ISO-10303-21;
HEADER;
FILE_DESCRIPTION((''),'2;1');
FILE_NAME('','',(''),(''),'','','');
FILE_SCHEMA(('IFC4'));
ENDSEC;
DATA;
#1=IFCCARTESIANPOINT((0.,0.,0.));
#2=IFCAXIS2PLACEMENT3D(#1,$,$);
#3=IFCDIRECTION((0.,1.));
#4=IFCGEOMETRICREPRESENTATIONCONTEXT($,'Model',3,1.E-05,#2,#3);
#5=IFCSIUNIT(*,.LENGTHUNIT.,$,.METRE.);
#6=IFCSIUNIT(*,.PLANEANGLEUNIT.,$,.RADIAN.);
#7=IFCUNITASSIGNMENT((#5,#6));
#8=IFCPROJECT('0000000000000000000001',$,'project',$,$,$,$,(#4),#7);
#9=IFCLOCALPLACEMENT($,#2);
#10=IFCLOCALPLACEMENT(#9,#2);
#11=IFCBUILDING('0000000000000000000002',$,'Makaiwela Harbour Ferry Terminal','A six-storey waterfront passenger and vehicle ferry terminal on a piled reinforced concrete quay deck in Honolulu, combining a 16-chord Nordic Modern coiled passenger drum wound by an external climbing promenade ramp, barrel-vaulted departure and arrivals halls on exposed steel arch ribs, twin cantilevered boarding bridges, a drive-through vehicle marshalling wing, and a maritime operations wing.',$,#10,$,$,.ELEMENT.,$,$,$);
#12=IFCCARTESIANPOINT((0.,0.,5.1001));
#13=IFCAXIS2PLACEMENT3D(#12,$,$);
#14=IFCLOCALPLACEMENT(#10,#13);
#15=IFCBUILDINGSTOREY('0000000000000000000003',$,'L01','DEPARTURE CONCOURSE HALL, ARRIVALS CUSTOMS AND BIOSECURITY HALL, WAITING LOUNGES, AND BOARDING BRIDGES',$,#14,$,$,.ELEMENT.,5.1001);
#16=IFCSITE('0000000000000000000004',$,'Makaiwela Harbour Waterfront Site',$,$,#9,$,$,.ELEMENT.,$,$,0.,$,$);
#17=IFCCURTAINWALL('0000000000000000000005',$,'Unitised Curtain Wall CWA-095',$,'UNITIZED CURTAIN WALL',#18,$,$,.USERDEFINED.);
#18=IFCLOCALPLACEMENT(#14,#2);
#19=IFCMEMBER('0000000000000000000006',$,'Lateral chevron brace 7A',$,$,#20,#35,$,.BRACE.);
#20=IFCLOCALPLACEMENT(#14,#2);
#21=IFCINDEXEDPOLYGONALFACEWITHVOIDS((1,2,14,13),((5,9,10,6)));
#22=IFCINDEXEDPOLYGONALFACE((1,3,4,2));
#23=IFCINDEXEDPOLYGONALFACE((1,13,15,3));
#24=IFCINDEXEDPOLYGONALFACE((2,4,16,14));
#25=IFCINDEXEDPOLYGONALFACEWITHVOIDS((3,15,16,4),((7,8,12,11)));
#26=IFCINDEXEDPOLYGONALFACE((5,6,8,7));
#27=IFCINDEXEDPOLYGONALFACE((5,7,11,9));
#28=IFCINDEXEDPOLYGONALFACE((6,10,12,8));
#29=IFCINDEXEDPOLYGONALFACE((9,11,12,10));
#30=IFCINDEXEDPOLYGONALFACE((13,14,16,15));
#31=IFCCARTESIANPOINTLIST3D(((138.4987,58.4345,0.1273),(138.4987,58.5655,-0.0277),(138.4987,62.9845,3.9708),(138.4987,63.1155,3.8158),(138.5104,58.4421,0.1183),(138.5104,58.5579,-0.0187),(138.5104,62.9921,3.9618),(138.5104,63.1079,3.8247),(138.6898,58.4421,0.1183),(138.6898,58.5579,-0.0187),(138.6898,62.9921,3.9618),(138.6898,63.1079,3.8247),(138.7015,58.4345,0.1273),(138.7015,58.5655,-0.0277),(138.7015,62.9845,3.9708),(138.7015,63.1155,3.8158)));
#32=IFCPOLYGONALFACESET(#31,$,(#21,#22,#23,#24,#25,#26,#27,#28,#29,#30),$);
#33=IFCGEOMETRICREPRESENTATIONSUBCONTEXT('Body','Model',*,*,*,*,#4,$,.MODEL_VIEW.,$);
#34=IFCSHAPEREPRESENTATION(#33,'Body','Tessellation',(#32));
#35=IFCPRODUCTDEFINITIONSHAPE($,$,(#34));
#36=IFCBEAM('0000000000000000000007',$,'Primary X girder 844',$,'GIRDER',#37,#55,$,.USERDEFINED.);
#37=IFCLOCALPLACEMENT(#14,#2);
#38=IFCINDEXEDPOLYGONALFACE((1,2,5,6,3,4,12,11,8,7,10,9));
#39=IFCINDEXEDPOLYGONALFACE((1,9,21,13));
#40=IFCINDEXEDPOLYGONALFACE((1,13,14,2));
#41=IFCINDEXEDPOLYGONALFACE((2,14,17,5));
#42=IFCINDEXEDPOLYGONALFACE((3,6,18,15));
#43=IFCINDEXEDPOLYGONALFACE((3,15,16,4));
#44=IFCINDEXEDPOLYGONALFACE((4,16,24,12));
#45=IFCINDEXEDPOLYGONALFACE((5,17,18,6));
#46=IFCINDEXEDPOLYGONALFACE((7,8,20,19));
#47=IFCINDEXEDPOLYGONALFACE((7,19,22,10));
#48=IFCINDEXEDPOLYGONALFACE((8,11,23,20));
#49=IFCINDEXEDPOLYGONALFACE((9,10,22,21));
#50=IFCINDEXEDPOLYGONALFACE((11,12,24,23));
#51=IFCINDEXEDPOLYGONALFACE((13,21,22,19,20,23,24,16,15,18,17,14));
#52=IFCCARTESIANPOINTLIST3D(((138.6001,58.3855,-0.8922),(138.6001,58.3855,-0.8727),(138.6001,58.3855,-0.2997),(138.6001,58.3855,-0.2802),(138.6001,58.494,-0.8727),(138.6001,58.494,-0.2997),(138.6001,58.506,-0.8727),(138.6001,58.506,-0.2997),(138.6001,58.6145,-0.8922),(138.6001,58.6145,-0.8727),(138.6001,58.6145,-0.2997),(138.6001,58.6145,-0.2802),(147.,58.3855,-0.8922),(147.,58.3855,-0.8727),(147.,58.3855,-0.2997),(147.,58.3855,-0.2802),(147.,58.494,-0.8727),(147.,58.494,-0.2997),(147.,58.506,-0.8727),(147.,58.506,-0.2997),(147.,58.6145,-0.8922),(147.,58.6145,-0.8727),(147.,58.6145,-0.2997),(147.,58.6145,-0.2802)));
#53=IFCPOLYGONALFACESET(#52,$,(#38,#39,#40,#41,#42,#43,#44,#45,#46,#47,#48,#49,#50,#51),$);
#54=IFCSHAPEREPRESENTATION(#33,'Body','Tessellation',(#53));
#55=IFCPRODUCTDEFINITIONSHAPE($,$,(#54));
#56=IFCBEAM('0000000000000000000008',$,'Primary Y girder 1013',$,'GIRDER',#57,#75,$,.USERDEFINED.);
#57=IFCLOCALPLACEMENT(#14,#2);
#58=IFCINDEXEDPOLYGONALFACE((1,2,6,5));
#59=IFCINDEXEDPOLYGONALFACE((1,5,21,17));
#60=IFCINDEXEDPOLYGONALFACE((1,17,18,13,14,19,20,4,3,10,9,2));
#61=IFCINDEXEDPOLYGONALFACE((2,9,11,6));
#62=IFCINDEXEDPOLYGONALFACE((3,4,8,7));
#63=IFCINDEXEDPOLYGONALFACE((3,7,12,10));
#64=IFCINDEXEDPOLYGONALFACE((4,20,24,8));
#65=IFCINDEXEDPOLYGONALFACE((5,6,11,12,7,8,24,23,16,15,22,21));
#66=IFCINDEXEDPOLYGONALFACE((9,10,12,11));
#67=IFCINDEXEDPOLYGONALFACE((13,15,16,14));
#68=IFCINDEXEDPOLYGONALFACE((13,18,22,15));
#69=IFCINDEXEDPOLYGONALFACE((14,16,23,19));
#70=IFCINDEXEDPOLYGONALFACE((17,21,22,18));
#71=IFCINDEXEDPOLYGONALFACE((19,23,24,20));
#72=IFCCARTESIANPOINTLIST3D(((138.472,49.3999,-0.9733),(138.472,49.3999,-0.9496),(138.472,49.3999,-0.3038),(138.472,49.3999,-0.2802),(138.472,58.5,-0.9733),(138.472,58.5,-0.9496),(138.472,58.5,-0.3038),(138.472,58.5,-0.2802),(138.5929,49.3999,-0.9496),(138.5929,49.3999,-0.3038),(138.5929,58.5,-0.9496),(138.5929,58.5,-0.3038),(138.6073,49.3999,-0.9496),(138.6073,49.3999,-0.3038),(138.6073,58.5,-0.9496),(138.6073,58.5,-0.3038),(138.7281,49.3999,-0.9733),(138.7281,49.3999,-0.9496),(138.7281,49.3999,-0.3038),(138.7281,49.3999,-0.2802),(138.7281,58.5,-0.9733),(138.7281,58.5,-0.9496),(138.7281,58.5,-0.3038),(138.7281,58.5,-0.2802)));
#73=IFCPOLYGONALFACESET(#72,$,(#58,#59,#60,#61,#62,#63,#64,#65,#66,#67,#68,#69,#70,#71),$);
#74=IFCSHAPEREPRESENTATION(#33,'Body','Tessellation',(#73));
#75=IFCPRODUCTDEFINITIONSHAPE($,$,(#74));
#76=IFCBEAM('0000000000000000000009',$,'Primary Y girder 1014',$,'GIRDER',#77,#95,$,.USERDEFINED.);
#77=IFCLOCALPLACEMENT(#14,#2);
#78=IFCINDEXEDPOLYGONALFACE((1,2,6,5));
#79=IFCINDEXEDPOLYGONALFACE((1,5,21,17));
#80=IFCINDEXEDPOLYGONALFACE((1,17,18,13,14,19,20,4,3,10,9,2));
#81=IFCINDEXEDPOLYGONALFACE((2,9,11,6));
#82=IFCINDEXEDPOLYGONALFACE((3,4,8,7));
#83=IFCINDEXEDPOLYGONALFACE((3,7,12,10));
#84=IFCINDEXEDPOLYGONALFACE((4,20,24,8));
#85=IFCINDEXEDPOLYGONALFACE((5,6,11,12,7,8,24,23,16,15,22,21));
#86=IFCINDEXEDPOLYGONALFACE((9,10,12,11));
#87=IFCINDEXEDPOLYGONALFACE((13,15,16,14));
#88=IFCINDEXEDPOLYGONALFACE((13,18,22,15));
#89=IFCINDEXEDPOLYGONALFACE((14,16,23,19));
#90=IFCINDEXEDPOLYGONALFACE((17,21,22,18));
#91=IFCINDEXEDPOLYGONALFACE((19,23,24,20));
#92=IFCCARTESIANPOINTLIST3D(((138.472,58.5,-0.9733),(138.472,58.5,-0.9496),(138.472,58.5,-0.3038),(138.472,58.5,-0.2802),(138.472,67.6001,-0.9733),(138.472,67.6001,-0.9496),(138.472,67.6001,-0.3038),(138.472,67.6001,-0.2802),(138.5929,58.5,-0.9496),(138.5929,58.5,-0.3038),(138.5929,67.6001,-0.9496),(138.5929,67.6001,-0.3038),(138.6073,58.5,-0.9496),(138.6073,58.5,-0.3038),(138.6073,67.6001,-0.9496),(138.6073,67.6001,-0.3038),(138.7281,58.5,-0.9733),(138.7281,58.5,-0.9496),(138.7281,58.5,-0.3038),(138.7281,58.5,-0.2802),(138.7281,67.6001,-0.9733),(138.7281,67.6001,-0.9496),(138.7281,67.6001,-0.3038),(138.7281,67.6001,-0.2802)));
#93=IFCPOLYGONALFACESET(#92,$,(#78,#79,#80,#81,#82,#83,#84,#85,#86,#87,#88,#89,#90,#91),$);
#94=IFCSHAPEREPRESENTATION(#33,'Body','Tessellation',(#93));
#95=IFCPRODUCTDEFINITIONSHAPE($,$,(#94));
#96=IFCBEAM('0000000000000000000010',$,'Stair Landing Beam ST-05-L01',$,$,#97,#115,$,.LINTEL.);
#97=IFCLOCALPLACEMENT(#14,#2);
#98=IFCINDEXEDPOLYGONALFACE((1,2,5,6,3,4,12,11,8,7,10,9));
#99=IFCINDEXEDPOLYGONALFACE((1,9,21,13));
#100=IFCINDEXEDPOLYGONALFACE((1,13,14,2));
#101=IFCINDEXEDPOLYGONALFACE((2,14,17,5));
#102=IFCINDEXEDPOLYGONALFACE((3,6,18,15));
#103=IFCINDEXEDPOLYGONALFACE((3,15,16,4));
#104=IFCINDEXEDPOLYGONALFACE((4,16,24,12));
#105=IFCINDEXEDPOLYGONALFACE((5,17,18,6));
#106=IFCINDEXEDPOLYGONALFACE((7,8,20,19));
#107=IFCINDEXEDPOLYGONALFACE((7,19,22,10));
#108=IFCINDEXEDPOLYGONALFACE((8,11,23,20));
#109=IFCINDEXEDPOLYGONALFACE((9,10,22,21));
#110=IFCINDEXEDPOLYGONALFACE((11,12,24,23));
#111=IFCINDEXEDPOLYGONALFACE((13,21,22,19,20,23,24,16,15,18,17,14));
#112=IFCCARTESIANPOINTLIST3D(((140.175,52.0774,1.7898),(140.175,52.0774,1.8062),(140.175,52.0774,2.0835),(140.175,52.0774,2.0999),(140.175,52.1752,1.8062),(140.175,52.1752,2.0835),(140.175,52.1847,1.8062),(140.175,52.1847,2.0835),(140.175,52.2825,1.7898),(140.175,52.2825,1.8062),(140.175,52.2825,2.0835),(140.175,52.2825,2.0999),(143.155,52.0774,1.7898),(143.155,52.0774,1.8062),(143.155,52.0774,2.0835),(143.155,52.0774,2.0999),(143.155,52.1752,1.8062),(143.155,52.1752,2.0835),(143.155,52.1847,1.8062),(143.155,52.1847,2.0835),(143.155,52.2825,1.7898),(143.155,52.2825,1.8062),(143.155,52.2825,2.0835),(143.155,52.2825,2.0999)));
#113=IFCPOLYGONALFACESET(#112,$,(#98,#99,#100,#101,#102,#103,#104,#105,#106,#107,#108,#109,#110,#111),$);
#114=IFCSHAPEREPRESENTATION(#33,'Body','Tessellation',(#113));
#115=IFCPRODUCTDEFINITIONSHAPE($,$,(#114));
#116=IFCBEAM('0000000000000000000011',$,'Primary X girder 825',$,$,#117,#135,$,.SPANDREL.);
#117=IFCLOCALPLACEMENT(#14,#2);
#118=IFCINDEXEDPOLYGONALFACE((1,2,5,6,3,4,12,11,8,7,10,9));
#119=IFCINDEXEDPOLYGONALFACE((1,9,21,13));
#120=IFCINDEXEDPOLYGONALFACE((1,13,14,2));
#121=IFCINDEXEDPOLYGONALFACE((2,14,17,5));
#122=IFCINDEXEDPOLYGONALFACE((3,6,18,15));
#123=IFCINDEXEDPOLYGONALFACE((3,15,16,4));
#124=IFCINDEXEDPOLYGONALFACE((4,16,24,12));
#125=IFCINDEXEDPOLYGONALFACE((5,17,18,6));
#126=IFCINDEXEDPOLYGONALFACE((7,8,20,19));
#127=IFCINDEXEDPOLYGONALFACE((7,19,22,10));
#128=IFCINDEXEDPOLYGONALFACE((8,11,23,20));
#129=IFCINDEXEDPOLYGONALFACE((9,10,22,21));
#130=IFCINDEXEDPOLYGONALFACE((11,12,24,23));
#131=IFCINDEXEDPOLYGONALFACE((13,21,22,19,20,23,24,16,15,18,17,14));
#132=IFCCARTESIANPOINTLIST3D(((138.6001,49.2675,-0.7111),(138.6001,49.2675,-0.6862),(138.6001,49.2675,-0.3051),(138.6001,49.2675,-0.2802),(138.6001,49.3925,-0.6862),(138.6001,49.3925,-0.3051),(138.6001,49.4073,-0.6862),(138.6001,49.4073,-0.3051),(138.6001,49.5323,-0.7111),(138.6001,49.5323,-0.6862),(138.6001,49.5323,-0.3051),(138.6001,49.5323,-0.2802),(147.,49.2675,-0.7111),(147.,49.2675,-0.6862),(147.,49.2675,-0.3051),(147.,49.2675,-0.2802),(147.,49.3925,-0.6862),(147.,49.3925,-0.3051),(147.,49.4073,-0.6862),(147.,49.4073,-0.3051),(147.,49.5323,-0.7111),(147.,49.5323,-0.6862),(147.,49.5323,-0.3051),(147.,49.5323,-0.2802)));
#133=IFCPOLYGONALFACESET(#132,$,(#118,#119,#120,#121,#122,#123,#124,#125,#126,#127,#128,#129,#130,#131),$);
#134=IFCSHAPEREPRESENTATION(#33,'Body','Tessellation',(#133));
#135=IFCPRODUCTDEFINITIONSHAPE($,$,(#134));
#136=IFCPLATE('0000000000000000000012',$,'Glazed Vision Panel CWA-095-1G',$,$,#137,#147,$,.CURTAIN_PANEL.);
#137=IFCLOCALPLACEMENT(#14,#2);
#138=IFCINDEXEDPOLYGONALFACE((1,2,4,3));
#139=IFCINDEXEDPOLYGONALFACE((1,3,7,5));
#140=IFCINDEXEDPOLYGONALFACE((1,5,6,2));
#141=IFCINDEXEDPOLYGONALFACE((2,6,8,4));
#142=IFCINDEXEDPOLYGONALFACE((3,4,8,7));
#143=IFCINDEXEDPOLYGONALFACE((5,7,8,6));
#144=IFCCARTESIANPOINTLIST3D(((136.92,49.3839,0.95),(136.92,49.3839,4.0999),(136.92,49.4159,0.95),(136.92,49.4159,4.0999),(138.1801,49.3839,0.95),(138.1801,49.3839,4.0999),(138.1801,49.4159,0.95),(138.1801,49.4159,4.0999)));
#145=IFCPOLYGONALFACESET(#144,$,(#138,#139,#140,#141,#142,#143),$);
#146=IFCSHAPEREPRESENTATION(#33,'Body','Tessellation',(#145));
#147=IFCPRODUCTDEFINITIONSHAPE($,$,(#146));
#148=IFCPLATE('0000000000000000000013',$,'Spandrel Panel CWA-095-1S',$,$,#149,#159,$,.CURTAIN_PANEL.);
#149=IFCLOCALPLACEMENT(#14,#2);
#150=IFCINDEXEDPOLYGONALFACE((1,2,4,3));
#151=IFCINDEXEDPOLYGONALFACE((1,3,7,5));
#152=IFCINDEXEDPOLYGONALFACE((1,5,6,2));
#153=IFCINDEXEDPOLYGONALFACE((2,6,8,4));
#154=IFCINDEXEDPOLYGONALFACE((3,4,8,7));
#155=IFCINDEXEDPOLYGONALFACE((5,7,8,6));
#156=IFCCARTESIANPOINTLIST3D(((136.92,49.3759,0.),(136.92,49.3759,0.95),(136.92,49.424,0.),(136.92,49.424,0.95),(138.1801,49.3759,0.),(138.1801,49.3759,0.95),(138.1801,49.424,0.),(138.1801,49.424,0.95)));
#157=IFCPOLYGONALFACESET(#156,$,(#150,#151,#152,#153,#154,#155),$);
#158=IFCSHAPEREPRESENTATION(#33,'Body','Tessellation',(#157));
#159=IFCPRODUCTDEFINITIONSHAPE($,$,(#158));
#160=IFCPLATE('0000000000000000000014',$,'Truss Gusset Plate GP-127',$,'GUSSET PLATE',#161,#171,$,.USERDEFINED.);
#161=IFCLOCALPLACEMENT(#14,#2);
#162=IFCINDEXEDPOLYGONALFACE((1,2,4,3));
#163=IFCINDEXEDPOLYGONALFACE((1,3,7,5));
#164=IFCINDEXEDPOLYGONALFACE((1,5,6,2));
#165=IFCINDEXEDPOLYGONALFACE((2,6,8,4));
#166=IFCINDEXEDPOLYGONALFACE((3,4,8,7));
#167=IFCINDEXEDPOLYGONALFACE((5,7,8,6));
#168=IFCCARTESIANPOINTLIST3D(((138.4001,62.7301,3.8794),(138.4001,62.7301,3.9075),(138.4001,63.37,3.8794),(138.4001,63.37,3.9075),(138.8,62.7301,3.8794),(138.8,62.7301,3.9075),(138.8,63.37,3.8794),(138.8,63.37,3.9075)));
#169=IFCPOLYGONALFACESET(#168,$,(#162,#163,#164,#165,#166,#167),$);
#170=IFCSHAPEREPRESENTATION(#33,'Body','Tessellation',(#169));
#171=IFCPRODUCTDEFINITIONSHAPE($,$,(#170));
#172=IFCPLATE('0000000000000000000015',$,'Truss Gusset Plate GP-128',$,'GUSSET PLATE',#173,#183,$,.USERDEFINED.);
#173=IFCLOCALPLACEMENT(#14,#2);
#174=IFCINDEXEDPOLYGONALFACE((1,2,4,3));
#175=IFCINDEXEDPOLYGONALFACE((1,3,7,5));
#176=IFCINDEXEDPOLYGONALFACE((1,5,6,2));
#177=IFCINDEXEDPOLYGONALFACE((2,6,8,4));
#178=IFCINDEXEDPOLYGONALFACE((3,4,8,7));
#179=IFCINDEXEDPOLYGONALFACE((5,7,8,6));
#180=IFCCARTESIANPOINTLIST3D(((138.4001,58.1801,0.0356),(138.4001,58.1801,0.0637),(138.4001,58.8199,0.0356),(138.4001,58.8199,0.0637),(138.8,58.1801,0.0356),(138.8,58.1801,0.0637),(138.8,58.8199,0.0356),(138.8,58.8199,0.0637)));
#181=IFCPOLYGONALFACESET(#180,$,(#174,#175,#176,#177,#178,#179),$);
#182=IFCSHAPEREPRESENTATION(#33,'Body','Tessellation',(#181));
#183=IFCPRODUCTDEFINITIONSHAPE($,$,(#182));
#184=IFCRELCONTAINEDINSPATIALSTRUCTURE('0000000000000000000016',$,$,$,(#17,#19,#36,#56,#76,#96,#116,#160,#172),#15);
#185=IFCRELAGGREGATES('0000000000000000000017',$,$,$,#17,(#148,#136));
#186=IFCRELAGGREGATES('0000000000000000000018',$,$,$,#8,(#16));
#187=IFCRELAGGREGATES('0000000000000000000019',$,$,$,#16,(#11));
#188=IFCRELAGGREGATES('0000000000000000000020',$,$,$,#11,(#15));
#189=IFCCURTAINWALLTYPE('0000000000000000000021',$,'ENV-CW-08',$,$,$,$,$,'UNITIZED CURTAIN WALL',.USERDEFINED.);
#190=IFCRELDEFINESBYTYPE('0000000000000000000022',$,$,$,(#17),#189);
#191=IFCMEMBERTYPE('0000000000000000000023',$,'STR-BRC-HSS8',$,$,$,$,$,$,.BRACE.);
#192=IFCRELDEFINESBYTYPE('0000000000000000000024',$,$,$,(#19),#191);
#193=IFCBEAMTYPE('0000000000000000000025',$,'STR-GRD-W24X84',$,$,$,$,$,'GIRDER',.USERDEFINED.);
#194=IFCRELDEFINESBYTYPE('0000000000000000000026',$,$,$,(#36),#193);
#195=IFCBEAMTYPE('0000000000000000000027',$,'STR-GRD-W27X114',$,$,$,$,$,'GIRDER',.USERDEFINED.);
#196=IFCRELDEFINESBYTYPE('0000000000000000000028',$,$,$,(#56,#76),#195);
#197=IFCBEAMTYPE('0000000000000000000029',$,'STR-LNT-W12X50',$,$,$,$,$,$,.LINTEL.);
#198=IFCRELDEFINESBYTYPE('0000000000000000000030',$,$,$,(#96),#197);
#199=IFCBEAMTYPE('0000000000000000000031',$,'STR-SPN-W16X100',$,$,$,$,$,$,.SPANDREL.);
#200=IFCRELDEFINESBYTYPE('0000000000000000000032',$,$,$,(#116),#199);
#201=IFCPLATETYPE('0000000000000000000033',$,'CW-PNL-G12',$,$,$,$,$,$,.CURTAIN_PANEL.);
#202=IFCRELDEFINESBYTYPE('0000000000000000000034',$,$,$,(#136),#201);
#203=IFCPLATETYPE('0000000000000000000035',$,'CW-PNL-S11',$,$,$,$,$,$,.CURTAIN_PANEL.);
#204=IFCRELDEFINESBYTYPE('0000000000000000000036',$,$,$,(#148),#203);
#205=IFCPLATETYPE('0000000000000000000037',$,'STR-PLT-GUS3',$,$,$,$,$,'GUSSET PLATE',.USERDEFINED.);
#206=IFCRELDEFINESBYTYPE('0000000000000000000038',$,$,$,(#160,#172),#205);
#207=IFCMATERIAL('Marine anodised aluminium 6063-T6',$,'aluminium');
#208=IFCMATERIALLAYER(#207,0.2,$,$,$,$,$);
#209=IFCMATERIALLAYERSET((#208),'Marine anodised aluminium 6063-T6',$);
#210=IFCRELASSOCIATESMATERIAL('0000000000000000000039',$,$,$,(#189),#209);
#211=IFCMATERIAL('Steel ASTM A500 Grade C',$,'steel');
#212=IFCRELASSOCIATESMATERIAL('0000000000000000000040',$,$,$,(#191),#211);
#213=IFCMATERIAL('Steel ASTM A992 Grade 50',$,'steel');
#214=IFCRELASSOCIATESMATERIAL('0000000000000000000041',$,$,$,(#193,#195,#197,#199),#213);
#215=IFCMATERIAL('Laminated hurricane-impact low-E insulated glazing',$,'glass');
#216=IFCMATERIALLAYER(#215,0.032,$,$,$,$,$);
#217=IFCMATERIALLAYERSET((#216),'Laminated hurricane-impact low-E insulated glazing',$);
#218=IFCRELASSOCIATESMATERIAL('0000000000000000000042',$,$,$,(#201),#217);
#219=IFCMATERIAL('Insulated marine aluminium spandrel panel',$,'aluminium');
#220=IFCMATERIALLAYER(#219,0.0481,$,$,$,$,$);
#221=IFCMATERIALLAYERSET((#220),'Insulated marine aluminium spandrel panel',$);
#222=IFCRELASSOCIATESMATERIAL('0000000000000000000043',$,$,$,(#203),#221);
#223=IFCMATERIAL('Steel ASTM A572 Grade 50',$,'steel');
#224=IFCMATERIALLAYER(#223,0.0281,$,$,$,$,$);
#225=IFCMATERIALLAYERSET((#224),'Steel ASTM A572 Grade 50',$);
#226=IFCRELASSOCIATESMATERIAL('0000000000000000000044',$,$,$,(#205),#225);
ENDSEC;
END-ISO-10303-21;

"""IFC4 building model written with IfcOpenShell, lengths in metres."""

from ifc_helpers import new_model, si_unit, direction, frame, origin, origin_2d, place, context, subcontext, project, spatial, rectangle, hollow_rectangle, i_section, extrude, material, layer, layer_set, material_profile, profile_set, type_object, element, aggregate, save


model = new_model("IFC4")

# Units and contexts
model_context = context("Model", 3, precision=1e-05, world=origin(), true_north=direction((0.0, 1.0)))
body_context = subcontext(model_context, "Body", "Model", "MODEL_VIEW")
ifc_project = project(units=[si_unit("LENGTHUNIT", "METRE"), si_unit("PLANEANGLEUNIT", "RADIAN")], contexts=[model_context])

# Site, building, storey
site_placement = place(None, origin())
site = spatial("IfcSite", under=ifc_project, at=site_placement, Name="Makaiwela Harbour Waterfront Site", CompositionType="ELEMENT", RefElevation=0.0)
building_placement = place(site_placement, origin())
building = spatial("IfcBuilding", under=site, at=building_placement, Name="Makaiwela Harbour Ferry Terminal", Description="A six-storey waterfront passenger and vehicle ferry terminal on a piled reinforced concrete quay deck in Honolulu, combining a 16-chord Nordic Modern coiled passenger drum wound by an external climbing promenade ramp, barrel-vaulted departure and arrivals halls on exposed steel arch ribs, twin cantilevered boarding bridges, a drive-through vehicle marshalling wing, and a maritime operations wing.", CompositionType="ELEMENT")
storey_placement = place(building_placement, frame((0.0, 0.0, 5.1001)))
storey = spatial("IfcBuildingStorey", under=building, at=storey_placement, Name="L01", Description="DEPARTURE CONCOURSE HALL, ARRIVALS CUSTOMS AND BIOSECURITY HALL, WAITING LOUNGES, AND BOARDING BRIDGES", CompositionType="ELEMENT", Elevation=5.1001)

# Shared definitions
ifc_material_1 = material(Name="Steel ASTM A992 Grade 50", Category="steel")

# Curtain wall
ifc_material_2 = material(Name="Marine anodised aluminium 6063-T6", Category="aluminium")
ifc_layer_1 = layer(ifc_material_2, 0.2)
ifc_layer_set_1 = layer_set([ifc_layer_1], Name="Marine anodised aluminium 6063-T6")
curtain_wall_type = type_object("IfcCurtainWallType", Name="ENV-CW-08", ElementType="UNITIZED CURTAIN WALL", PredefinedType="USERDEFINED", material=ifc_layer_set_1)
curtain_wall_placement = place(storey_placement, origin())
curtain_wall = element("IfcCurtainWall", 1, at=curtain_wall_placement, inside=storey, type_object=curtain_wall_type, Name="Unitised Curtain Wall CWA-095", ObjectType="UNITIZED CURTAIN WALL", PredefinedType="USERDEFINED")

# Member
ifc_material_3 = material(Name="Steel ASTM A500 Grade C", Category="steel")
ifc_material_profile_1 = material_profile(ifc_material_3, hollow_rectangle(XDim=0.2029, YDim=0.2029, WallThickness=0.0117, at=origin_2d()), Name="HSS8X8X1/2")
ifc_profile_set_1 = profile_set([ifc_material_profile_1], Name="Steel ASTM A500 Grade C")
member_type_1 = type_object("IfcMemberType", Name="STR-BRC-HSS8", PredefinedType="BRACE", material=ifc_profile_set_1)
member_1_placement = place(storey_placement, frame((138.6001, 58.5, 0.0498), z_axis=(0.0, 0.763927, 0.645303), x_axis=(-1.0, 0.0, 0.0)))
element("IfcMember", 2, at=member_1_placement, inside=storey, type_object=member_type_1, Name="Lateral chevron brace 7A", PredefinedType="BRACE", context=body_context, shape_type="SweptSolid", body=[
    extrude(hollow_rectangle(XDim=0.2029, YDim=0.2029, WallThickness=0.0117, at=origin_2d()), origin(), (0.0, 0.0, 1.0), 5.9561),
])

# Beams
ifc_material_profile_2 = material_profile(ifc_material_1, i_section(OverallWidth=0.229, OverallDepth=0.6121, WebThickness=0.012, FlangeThickness=0.0195, at=origin_2d()), Name="W24X84")
ifc_profile_set_2 = profile_set([ifc_material_profile_2], Name="Steel ASTM A992 Grade 50")
beam_type_1 = type_object("IfcBeamType", Name="STR-GRD-W24X84", ElementType="GIRDER", PredefinedType="USERDEFINED", material=ifc_profile_set_2)
beam_1_placement = place(storey_placement, frame((138.6001, 58.5, -0.5862), z_axis=(1.0, 0.0, 0.0), x_axis=(0.0, 1.0, 0.0)))
element("IfcBeam", 3, at=beam_1_placement, inside=storey, type_object=beam_type_1, Name="Primary X girder 844", ObjectType="GIRDER", PredefinedType="USERDEFINED", context=body_context, shape_type="SweptSolid", body=[
    extrude(i_section(OverallWidth=0.229, OverallDepth=0.6121, WebThickness=0.012, FlangeThickness=0.0195, at=origin_2d()), origin(), (0.0, 0.0, 1.0), 8.3999),
])
ifc_material_profile_3 = material_profile(ifc_material_1, i_section(OverallWidth=0.2561, OverallDepth=0.6931, WebThickness=0.0144, FlangeThickness=0.0237, at=origin_2d()), Name="W27X114")
ifc_profile_set_3 = profile_set([ifc_material_profile_3], Name="Steel ASTM A992 Grade 50")
beam_type_2 = type_object("IfcBeamType", Name="STR-GRD-W27X114", ElementType="GIRDER", PredefinedType="USERDEFINED", material=ifc_profile_set_3)
for number, where, z_axis, x_axis, name in (
    (4, (138.6001, 49.3999, -0.6267), (0.0, 1.0, 0.0), (-1.0, 0.0, 0.0), "Primary Y girder 1013"),
    (5, (138.6001, 58.5, -0.6267), (0.0, 1.0, 0.0), (-1.0, 0.0, 0.0), "Primary Y girder 1014"),
):
    element("IfcBeam", number, at=place(storey_placement, frame(where, z_axis=z_axis, x_axis=x_axis)), inside=storey, type_object=beam_type_2, Name=name, ObjectType="GIRDER", PredefinedType="USERDEFINED", context=body_context, shape_type="SweptSolid", body=[
        extrude(i_section(OverallWidth=0.2561, OverallDepth=0.6931, WebThickness=0.0144, FlangeThickness=0.0237, at=origin_2d()), origin(), (0.0, 0.0, 1.0), 9.1001),
    ])
ifc_material_profile_4 = material_profile(ifc_material_1, i_section(OverallWidth=0.2051, OverallDepth=0.3101, WebThickness=0.0095, FlangeThickness=0.0164, at=origin_2d()), Name="W12X50")
ifc_profile_set_4 = profile_set([ifc_material_profile_4], Name="Steel ASTM A992 Grade 50")
beam_type_3 = type_object("IfcBeamType", Name="STR-LNT-W12X50", PredefinedType="LINTEL", material=ifc_profile_set_4)
beam_2_placement = place(storey_placement, frame((140.175, 52.1799, 1.9448), z_axis=(1.0, 0.0, 0.0), x_axis=(0.0, 1.0, 0.0)))
element("IfcBeam", 6, at=beam_2_placement, inside=storey, type_object=beam_type_3, Name="Stair Landing Beam ST-05-L01", PredefinedType="LINTEL", context=body_context, shape_type="SweptSolid", body=[
    extrude(i_section(OverallWidth=0.2051, OverallDepth=0.3101, WebThickness=0.0095, FlangeThickness=0.0164, at=origin_2d()), origin(), (0.0, 0.0, 1.0), 2.98),
])
ifc_material_profile_5 = material_profile(ifc_material_1, i_section(OverallWidth=0.2649, OverallDepth=0.4309, WebThickness=0.0149, FlangeThickness=0.0249, at=origin_2d()), Name="W16X100")
ifc_profile_set_5 = profile_set([ifc_material_profile_5], Name="Steel ASTM A992 Grade 50")
beam_type_4 = type_object("IfcBeamType", Name="STR-SPN-W16X100", PredefinedType="SPANDREL", material=ifc_profile_set_5)
beam_3_placement = place(storey_placement, frame((138.6001, 49.3999, -0.4956), z_axis=(1.0, 0.0, 0.0), x_axis=(0.0, 1.0, 0.0)))
element("IfcBeam", 7, at=beam_3_placement, inside=storey, type_object=beam_type_4, Name="Primary X girder 825", PredefinedType="SPANDREL", context=body_context, shape_type="SweptSolid", body=[
    extrude(i_section(OverallWidth=0.2649, OverallDepth=0.4309, WebThickness=0.0149, FlangeThickness=0.0249, at=origin_2d()), origin(), (0.0, 0.0, 1.0), 8.3999),
])

# Plates
ifc_material_4 = material(Name="Laminated hurricane-impact low-E insulated glazing", Category="glass")
ifc_layer_2 = layer(ifc_material_4, 0.032)
ifc_layer_set_2 = layer_set([ifc_layer_2], Name="Laminated hurricane-impact low-E insulated glazing")
plate_type_1 = type_object("IfcPlateType", Name="CW-PNL-G12", PredefinedType="CURTAIN_PANEL", material=ifc_layer_set_2)
plate_1_placement = place(storey_placement, frame((137.55, 49.3999, 0.95), z_axis=(0.0, 0.0, 1.0), x_axis=(-1.0, 0.0, 0.0)))
plate_1 = element("IfcPlate", 8, at=plate_1_placement, type_object=plate_type_1, Name="Glazed Vision Panel CWA-095-1G", PredefinedType="CURTAIN_PANEL", context=body_context, shape_type="SweptSolid", body=[
    extrude(rectangle(XDim=1.26, YDim=0.032, at=origin_2d()), origin(), (0.0, 0.0, 1.0), 3.1499),
])
ifc_material_5 = material(Name="Insulated marine aluminium spandrel panel", Category="aluminium")
ifc_layer_3 = layer(ifc_material_5, 0.0481)
ifc_layer_set_3 = layer_set([ifc_layer_3], Name="Insulated marine aluminium spandrel panel")
plate_type_2 = type_object("IfcPlateType", Name="CW-PNL-S11", PredefinedType="CURTAIN_PANEL", material=ifc_layer_set_3)
plate_2_placement = place(storey_placement, frame((137.55, 49.3999, 0.0), z_axis=(0.0, 0.0, 1.0), x_axis=(-1.0, 0.0, 0.0)))
plate_2 = element("IfcPlate", 9, at=plate_2_placement, type_object=plate_type_2, Name="Spandrel Panel CWA-095-1S", PredefinedType="CURTAIN_PANEL", context=body_context, shape_type="SweptSolid", body=[
    extrude(rectangle(XDim=1.26, YDim=0.0481, at=origin_2d()), origin(), (0.0, 0.0, 1.0), 0.95),
])
aggregate(curtain_wall, [plate_2, plate_1])

# Plates
ifc_material_6 = material(Name="Steel ASTM A572 Grade 50", Category="steel")
ifc_layer_4 = layer(ifc_material_6, 0.0281)
ifc_layer_set_4 = layer_set([ifc_layer_4], Name="Steel ASTM A572 Grade 50")
plate_type_3 = type_object("IfcPlateType", Name="STR-PLT-GUS3", ElementType="GUSSET PLATE", PredefinedType="USERDEFINED", material=ifc_layer_set_4)
for number, where, z_axis, x_axis, name in (
    (10, (138.6001, 63.05, 3.8794), (0.0, 0.0, 1.0), (0.0, 1.0, 0.0), "Truss Gusset Plate GP-127"),
    (11, (138.6001, 58.5, 0.0356), (0.0, 0.0, 1.0), (0.0, 1.0, 0.0), "Truss Gusset Plate GP-128"),
):
    element("IfcPlate", number, at=place(storey_placement, frame(where, z_axis=z_axis, x_axis=x_axis)), inside=storey, type_object=plate_type_3, Name=name, ObjectType="GUSSET PLATE", PredefinedType="USERDEFINED", context=body_context, shape_type="SweptSolid", body=[
        extrude(rectangle(XDim=0.6399, YDim=0.3999, at=origin_2d()), origin(), (0.0, 0.0, 1.0), 0.0281),
    ])

save(model, "model.ifc")
